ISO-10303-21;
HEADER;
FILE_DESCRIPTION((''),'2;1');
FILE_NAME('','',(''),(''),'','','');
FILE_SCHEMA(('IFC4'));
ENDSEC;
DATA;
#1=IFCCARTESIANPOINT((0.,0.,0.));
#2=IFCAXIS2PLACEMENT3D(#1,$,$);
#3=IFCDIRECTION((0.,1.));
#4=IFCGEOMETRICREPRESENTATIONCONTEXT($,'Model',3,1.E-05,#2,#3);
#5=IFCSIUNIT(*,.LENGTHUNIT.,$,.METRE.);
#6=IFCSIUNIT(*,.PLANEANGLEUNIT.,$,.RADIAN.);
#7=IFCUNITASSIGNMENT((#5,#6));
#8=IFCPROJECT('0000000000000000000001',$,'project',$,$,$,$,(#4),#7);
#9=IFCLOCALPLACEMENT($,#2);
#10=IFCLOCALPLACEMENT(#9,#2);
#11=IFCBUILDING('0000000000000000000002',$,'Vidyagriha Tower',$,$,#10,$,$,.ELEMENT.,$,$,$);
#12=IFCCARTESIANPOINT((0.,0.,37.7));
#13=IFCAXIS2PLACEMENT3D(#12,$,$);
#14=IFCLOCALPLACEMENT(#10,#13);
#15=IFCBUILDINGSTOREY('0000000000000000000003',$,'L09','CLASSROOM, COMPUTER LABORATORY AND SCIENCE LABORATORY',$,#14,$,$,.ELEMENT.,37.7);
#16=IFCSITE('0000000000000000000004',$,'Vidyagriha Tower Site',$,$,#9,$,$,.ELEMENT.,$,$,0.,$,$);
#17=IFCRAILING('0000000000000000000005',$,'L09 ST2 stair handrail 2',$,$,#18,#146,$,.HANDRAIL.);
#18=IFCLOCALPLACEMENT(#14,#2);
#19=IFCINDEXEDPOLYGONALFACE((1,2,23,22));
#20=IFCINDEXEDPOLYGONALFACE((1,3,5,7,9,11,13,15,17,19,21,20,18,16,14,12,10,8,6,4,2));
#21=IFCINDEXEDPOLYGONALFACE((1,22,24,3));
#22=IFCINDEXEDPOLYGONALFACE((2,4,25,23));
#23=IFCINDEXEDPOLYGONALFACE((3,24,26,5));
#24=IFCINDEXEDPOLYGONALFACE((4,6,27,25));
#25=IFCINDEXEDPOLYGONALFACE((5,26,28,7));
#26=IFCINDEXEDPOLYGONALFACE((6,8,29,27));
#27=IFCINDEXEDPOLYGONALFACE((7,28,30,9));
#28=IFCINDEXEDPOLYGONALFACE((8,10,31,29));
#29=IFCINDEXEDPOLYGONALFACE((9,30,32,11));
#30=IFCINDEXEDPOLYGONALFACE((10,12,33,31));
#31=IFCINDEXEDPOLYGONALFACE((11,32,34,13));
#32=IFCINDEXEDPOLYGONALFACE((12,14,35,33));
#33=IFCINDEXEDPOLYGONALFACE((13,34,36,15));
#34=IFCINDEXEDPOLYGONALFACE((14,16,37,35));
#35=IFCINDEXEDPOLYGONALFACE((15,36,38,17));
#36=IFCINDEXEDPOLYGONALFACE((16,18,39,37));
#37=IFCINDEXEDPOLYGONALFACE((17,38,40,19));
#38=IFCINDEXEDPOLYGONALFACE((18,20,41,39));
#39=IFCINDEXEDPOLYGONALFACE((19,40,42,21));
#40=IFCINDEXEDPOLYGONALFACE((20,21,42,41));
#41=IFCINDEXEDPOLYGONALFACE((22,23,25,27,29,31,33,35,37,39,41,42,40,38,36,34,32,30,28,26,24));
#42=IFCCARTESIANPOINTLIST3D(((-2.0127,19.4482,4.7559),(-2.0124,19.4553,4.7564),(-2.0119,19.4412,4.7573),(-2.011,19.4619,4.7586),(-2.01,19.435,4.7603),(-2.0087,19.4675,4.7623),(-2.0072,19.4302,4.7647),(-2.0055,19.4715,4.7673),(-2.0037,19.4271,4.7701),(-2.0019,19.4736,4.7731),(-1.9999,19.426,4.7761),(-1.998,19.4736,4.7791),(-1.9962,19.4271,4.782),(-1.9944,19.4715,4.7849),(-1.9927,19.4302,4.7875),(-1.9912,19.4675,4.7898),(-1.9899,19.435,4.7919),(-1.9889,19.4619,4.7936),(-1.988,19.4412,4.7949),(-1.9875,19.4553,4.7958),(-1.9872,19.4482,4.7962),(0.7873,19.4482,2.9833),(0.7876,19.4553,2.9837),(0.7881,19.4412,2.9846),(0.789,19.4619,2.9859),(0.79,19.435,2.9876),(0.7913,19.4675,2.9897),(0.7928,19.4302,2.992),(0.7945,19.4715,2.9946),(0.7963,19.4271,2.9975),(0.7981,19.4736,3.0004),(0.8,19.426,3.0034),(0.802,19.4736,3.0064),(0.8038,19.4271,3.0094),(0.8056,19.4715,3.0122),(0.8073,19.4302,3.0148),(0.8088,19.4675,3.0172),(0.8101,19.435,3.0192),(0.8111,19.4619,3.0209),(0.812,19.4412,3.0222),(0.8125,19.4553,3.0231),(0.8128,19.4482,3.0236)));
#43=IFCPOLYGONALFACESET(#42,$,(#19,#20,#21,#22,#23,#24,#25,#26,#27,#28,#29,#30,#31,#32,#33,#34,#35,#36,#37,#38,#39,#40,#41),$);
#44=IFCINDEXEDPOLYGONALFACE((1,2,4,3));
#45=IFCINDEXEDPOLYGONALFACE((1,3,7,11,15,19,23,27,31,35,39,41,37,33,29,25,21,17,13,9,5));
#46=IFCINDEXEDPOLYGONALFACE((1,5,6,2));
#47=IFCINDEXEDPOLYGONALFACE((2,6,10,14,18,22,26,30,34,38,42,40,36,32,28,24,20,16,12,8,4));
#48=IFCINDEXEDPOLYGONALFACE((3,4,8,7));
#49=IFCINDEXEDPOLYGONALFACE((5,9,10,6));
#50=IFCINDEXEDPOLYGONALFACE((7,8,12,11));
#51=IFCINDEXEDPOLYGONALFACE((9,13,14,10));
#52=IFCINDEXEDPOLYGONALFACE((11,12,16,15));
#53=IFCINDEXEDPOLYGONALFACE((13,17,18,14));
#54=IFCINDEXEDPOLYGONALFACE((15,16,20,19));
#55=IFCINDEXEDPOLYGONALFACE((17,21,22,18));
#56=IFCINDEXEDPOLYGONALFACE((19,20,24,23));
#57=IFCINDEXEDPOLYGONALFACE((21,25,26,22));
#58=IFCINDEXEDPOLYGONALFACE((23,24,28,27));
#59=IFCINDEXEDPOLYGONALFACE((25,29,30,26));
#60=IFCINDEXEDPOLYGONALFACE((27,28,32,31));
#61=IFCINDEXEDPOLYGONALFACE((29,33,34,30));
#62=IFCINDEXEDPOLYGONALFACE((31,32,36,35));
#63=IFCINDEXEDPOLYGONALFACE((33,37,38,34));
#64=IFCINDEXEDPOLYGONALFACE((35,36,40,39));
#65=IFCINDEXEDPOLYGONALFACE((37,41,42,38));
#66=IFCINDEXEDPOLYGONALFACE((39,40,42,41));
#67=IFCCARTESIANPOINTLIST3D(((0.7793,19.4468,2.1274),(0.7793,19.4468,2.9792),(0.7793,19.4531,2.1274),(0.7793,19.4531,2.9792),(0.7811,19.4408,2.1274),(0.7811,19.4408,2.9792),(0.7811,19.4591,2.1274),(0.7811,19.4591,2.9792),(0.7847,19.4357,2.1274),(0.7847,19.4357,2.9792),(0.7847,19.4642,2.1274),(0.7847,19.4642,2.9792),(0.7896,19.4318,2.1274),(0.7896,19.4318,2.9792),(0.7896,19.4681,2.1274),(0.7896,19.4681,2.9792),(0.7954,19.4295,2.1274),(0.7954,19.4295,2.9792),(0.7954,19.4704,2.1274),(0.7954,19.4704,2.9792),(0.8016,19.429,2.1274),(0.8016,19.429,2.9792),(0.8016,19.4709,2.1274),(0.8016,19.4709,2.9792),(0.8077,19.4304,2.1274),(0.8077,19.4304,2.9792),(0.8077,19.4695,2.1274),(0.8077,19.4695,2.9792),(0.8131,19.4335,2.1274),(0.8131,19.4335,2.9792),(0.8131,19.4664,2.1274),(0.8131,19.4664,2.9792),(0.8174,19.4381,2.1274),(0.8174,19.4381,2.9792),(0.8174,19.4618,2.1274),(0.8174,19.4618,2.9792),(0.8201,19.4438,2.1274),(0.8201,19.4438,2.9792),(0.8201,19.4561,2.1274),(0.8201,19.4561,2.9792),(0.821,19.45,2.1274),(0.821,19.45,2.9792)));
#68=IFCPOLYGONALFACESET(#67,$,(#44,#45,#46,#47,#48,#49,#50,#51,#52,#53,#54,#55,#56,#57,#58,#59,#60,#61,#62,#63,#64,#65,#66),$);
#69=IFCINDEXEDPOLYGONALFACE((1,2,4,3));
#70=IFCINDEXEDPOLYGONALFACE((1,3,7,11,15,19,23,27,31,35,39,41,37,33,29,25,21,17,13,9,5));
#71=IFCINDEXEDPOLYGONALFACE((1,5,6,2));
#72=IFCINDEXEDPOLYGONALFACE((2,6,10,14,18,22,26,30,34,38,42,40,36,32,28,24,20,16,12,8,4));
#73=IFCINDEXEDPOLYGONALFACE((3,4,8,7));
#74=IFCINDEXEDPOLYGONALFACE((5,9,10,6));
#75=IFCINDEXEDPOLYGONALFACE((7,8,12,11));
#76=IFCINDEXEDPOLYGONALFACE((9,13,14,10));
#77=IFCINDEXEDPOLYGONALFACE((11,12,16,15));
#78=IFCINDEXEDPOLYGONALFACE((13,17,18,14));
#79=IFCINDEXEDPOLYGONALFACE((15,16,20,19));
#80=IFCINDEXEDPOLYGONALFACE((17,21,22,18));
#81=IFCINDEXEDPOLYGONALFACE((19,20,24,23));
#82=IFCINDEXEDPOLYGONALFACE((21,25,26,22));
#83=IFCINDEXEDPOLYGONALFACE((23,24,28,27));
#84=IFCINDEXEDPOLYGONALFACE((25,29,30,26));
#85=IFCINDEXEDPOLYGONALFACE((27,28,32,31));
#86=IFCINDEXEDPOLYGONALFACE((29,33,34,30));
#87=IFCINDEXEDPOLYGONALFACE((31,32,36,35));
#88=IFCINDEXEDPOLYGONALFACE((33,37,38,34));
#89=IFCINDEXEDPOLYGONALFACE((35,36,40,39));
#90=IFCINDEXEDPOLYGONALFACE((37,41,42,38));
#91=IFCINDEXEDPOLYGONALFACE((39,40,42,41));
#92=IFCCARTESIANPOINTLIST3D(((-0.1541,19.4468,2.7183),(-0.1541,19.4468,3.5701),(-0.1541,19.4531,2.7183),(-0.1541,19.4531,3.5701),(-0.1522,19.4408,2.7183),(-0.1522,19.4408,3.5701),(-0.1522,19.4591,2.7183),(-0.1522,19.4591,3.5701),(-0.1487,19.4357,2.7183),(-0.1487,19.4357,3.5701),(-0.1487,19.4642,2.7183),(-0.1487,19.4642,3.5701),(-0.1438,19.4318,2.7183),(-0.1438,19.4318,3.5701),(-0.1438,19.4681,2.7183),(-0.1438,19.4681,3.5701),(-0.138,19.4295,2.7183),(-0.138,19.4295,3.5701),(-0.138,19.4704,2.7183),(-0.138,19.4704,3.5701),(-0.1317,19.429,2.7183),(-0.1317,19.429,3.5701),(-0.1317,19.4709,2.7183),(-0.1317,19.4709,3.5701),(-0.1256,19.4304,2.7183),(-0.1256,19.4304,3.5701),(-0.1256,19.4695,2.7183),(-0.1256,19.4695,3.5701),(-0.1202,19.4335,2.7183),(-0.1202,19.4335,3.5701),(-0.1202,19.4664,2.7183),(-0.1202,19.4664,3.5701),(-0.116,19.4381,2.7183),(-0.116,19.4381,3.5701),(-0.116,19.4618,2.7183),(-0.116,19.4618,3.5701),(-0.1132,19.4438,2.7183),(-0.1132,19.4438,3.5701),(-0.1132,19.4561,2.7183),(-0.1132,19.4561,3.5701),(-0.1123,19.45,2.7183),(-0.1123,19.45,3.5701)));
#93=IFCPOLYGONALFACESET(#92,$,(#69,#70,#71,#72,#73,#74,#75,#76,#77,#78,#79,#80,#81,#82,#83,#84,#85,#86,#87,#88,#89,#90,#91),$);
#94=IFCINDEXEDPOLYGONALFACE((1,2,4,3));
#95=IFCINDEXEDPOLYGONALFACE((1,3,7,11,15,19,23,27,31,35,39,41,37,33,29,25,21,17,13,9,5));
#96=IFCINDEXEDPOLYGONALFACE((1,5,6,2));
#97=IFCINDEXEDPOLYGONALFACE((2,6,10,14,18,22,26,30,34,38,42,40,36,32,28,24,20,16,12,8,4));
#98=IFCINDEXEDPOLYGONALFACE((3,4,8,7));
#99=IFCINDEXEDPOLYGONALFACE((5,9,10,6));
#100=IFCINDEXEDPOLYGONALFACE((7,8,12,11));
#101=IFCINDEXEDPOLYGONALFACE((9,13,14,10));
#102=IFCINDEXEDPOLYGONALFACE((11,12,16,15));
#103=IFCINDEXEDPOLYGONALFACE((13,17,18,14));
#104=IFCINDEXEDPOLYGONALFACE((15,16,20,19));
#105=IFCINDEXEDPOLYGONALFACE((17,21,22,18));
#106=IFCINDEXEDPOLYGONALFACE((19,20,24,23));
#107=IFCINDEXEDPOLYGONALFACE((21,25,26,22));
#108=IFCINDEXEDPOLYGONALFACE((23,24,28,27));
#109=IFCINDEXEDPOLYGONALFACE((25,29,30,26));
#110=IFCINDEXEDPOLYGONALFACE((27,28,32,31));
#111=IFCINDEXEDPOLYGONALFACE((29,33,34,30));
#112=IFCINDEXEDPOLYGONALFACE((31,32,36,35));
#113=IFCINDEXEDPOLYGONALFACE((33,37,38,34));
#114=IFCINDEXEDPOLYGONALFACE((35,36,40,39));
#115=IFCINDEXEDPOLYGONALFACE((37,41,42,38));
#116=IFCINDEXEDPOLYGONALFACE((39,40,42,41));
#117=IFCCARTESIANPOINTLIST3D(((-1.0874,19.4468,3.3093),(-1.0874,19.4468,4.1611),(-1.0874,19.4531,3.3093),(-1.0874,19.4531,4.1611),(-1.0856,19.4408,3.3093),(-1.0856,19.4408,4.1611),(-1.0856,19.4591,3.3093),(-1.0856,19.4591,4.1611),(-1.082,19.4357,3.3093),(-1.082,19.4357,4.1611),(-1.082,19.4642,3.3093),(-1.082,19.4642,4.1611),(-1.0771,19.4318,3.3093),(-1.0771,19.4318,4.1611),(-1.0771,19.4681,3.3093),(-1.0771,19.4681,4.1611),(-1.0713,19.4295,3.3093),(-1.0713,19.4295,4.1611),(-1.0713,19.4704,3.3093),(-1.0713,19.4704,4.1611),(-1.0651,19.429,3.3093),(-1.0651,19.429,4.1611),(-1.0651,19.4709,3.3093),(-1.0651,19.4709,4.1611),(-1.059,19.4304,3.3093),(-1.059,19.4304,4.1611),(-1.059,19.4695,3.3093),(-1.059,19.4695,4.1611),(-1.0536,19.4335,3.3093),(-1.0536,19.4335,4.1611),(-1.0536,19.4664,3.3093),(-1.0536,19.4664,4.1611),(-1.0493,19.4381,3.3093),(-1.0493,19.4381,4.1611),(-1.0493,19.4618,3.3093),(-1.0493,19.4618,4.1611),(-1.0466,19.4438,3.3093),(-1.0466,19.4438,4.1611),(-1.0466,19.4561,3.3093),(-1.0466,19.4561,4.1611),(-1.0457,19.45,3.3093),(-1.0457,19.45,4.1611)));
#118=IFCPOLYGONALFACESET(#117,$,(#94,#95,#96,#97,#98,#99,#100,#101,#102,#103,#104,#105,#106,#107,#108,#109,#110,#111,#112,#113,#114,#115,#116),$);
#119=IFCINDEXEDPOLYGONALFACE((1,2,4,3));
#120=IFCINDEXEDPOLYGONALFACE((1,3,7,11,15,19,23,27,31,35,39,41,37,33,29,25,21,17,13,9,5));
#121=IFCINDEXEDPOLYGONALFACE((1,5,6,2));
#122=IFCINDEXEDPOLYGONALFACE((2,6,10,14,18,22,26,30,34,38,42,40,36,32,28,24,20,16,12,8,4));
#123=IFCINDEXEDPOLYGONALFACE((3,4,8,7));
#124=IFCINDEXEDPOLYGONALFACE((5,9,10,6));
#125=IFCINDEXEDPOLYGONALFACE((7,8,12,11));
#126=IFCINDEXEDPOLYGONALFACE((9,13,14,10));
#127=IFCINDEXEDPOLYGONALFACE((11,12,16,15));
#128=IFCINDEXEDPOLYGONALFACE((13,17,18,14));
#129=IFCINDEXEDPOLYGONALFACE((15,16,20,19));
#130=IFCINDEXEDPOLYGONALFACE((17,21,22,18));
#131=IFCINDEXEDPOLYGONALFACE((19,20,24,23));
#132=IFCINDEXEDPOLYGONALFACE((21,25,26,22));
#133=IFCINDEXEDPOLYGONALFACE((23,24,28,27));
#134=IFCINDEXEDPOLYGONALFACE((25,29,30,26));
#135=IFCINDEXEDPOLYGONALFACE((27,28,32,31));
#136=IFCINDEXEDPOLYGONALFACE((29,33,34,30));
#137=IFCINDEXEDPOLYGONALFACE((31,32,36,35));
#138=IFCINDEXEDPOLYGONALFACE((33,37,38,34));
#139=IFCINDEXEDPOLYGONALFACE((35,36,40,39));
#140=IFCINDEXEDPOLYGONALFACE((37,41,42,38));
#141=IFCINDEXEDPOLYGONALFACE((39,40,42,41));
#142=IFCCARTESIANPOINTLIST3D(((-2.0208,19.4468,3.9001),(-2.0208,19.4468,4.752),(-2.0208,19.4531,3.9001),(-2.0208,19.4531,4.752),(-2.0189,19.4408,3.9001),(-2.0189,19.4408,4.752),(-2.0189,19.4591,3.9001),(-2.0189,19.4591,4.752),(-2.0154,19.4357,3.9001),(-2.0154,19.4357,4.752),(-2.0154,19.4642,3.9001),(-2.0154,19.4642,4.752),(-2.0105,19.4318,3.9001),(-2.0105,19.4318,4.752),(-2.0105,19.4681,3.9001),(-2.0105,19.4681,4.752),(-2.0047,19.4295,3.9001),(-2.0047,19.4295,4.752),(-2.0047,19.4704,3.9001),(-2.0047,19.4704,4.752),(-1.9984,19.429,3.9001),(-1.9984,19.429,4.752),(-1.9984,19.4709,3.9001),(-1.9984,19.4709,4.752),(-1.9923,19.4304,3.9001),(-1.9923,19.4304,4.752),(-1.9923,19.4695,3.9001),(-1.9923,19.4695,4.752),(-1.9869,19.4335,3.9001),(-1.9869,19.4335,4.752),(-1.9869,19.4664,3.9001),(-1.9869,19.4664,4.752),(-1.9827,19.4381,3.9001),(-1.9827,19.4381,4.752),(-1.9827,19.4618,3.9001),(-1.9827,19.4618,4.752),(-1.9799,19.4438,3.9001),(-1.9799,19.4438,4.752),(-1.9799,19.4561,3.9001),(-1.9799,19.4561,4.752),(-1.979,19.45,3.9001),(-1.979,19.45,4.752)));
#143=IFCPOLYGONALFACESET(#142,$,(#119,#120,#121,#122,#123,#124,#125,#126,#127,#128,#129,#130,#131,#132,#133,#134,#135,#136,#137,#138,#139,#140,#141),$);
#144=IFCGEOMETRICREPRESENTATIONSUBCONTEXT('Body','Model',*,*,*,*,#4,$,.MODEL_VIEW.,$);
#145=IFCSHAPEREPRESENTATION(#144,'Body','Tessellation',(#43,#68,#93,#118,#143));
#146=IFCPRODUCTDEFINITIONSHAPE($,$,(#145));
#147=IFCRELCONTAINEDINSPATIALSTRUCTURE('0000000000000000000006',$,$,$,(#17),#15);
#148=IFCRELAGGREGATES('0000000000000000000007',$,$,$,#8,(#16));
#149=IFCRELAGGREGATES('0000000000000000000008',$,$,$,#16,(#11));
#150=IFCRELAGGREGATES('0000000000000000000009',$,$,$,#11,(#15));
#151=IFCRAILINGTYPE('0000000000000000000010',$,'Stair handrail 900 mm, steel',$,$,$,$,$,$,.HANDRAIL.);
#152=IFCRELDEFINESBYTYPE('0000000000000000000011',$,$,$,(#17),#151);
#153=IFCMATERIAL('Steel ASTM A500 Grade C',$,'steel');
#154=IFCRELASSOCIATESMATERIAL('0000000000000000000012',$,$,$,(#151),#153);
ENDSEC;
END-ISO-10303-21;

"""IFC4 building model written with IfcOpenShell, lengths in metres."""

from ifc_helpers import new_model, si_unit, direction, frame, origin, origin_2d, place, context, subcontext, project, spatial, circle, extrude, material, type_object, element, save


model = new_model("IFC4")

# Units and contexts
model_context = context("Model", 3, precision=1e-05, world=origin(), true_north=direction((0.0, 1.0)))
body_context = subcontext(model_context, "Body", "Model", "MODEL_VIEW")
ifc_project = project(units=[si_unit("LENGTHUNIT", "METRE"), si_unit("PLANEANGLEUNIT", "RADIAN")], contexts=[model_context])

# Site, building, storey
site_placement = place(None, origin())
site = spatial("IfcSite", under=ifc_project, at=site_placement, Name="Vidyagriha Tower Site", CompositionType="ELEMENT", RefElevation=0.0)
building_placement = place(site_placement, origin())
building = spatial("IfcBuilding", under=site, at=building_placement, Name="Vidyagriha Tower", CompositionType="ELEMENT")
storey_placement = place(building_placement, frame((0.0, 0.0, 37.7)))
storey = spatial("IfcBuildingStorey", under=building, at=storey_placement, Name="L09", Description="CLASSROOM, COMPUTER LABORATORY AND SCIENCE LABORATORY", CompositionType="ELEMENT", Elevation=37.7)

# Railing
ifc_material_1 = material(Name="Steel ASTM A500 Grade C", Category="steel")
railing_type_1 = type_object("IfcRailingType", Name="Stair handrail 900 mm, steel", PredefinedType="HANDRAIL", material=ifc_material_1)
railing_1_placement = place(storey_placement, frame((0.8, 19.45, 2.1274)))
element("IfcRailing", 1, at=railing_1_placement, inside=storey, type_object=railing_type_1, Name="L09 ST2 stair handrail 2", PredefinedType="HANDRAIL", context=body_context, shape_type="SweptSolid", body=[
    extrude(circle(Radius=0.0239, at=origin_2d()), frame((0.0, 0.0, 0.876), z_axis=(-0.844909, 0.0, 0.53491), x_axis=(0.0, -1.0, 0.0)), (0.0, 0.0, 1.0), 3.314),
    extrude(circle(Radius=0.021, at=origin_2d()), origin(), (0.0, 0.0, 1.0), 0.8518),
    extrude(circle(Radius=0.021, at=origin_2d()), frame((-0.9333, 0.0, 0.5908)), (0.0, 0.0, 1.0), 0.8518),
    extrude(circle(Radius=0.021, at=origin_2d()), frame((-1.8667, 0.0, 1.1819)), (0.0, 0.0, 1.0), 0.8518),
    extrude(circle(Radius=0.021, at=origin_2d()), frame((-2.8, 0.0, 1.7727)), (0.0, 0.0, 1.0), 0.8518),
])

save(model, "model.ifc")
